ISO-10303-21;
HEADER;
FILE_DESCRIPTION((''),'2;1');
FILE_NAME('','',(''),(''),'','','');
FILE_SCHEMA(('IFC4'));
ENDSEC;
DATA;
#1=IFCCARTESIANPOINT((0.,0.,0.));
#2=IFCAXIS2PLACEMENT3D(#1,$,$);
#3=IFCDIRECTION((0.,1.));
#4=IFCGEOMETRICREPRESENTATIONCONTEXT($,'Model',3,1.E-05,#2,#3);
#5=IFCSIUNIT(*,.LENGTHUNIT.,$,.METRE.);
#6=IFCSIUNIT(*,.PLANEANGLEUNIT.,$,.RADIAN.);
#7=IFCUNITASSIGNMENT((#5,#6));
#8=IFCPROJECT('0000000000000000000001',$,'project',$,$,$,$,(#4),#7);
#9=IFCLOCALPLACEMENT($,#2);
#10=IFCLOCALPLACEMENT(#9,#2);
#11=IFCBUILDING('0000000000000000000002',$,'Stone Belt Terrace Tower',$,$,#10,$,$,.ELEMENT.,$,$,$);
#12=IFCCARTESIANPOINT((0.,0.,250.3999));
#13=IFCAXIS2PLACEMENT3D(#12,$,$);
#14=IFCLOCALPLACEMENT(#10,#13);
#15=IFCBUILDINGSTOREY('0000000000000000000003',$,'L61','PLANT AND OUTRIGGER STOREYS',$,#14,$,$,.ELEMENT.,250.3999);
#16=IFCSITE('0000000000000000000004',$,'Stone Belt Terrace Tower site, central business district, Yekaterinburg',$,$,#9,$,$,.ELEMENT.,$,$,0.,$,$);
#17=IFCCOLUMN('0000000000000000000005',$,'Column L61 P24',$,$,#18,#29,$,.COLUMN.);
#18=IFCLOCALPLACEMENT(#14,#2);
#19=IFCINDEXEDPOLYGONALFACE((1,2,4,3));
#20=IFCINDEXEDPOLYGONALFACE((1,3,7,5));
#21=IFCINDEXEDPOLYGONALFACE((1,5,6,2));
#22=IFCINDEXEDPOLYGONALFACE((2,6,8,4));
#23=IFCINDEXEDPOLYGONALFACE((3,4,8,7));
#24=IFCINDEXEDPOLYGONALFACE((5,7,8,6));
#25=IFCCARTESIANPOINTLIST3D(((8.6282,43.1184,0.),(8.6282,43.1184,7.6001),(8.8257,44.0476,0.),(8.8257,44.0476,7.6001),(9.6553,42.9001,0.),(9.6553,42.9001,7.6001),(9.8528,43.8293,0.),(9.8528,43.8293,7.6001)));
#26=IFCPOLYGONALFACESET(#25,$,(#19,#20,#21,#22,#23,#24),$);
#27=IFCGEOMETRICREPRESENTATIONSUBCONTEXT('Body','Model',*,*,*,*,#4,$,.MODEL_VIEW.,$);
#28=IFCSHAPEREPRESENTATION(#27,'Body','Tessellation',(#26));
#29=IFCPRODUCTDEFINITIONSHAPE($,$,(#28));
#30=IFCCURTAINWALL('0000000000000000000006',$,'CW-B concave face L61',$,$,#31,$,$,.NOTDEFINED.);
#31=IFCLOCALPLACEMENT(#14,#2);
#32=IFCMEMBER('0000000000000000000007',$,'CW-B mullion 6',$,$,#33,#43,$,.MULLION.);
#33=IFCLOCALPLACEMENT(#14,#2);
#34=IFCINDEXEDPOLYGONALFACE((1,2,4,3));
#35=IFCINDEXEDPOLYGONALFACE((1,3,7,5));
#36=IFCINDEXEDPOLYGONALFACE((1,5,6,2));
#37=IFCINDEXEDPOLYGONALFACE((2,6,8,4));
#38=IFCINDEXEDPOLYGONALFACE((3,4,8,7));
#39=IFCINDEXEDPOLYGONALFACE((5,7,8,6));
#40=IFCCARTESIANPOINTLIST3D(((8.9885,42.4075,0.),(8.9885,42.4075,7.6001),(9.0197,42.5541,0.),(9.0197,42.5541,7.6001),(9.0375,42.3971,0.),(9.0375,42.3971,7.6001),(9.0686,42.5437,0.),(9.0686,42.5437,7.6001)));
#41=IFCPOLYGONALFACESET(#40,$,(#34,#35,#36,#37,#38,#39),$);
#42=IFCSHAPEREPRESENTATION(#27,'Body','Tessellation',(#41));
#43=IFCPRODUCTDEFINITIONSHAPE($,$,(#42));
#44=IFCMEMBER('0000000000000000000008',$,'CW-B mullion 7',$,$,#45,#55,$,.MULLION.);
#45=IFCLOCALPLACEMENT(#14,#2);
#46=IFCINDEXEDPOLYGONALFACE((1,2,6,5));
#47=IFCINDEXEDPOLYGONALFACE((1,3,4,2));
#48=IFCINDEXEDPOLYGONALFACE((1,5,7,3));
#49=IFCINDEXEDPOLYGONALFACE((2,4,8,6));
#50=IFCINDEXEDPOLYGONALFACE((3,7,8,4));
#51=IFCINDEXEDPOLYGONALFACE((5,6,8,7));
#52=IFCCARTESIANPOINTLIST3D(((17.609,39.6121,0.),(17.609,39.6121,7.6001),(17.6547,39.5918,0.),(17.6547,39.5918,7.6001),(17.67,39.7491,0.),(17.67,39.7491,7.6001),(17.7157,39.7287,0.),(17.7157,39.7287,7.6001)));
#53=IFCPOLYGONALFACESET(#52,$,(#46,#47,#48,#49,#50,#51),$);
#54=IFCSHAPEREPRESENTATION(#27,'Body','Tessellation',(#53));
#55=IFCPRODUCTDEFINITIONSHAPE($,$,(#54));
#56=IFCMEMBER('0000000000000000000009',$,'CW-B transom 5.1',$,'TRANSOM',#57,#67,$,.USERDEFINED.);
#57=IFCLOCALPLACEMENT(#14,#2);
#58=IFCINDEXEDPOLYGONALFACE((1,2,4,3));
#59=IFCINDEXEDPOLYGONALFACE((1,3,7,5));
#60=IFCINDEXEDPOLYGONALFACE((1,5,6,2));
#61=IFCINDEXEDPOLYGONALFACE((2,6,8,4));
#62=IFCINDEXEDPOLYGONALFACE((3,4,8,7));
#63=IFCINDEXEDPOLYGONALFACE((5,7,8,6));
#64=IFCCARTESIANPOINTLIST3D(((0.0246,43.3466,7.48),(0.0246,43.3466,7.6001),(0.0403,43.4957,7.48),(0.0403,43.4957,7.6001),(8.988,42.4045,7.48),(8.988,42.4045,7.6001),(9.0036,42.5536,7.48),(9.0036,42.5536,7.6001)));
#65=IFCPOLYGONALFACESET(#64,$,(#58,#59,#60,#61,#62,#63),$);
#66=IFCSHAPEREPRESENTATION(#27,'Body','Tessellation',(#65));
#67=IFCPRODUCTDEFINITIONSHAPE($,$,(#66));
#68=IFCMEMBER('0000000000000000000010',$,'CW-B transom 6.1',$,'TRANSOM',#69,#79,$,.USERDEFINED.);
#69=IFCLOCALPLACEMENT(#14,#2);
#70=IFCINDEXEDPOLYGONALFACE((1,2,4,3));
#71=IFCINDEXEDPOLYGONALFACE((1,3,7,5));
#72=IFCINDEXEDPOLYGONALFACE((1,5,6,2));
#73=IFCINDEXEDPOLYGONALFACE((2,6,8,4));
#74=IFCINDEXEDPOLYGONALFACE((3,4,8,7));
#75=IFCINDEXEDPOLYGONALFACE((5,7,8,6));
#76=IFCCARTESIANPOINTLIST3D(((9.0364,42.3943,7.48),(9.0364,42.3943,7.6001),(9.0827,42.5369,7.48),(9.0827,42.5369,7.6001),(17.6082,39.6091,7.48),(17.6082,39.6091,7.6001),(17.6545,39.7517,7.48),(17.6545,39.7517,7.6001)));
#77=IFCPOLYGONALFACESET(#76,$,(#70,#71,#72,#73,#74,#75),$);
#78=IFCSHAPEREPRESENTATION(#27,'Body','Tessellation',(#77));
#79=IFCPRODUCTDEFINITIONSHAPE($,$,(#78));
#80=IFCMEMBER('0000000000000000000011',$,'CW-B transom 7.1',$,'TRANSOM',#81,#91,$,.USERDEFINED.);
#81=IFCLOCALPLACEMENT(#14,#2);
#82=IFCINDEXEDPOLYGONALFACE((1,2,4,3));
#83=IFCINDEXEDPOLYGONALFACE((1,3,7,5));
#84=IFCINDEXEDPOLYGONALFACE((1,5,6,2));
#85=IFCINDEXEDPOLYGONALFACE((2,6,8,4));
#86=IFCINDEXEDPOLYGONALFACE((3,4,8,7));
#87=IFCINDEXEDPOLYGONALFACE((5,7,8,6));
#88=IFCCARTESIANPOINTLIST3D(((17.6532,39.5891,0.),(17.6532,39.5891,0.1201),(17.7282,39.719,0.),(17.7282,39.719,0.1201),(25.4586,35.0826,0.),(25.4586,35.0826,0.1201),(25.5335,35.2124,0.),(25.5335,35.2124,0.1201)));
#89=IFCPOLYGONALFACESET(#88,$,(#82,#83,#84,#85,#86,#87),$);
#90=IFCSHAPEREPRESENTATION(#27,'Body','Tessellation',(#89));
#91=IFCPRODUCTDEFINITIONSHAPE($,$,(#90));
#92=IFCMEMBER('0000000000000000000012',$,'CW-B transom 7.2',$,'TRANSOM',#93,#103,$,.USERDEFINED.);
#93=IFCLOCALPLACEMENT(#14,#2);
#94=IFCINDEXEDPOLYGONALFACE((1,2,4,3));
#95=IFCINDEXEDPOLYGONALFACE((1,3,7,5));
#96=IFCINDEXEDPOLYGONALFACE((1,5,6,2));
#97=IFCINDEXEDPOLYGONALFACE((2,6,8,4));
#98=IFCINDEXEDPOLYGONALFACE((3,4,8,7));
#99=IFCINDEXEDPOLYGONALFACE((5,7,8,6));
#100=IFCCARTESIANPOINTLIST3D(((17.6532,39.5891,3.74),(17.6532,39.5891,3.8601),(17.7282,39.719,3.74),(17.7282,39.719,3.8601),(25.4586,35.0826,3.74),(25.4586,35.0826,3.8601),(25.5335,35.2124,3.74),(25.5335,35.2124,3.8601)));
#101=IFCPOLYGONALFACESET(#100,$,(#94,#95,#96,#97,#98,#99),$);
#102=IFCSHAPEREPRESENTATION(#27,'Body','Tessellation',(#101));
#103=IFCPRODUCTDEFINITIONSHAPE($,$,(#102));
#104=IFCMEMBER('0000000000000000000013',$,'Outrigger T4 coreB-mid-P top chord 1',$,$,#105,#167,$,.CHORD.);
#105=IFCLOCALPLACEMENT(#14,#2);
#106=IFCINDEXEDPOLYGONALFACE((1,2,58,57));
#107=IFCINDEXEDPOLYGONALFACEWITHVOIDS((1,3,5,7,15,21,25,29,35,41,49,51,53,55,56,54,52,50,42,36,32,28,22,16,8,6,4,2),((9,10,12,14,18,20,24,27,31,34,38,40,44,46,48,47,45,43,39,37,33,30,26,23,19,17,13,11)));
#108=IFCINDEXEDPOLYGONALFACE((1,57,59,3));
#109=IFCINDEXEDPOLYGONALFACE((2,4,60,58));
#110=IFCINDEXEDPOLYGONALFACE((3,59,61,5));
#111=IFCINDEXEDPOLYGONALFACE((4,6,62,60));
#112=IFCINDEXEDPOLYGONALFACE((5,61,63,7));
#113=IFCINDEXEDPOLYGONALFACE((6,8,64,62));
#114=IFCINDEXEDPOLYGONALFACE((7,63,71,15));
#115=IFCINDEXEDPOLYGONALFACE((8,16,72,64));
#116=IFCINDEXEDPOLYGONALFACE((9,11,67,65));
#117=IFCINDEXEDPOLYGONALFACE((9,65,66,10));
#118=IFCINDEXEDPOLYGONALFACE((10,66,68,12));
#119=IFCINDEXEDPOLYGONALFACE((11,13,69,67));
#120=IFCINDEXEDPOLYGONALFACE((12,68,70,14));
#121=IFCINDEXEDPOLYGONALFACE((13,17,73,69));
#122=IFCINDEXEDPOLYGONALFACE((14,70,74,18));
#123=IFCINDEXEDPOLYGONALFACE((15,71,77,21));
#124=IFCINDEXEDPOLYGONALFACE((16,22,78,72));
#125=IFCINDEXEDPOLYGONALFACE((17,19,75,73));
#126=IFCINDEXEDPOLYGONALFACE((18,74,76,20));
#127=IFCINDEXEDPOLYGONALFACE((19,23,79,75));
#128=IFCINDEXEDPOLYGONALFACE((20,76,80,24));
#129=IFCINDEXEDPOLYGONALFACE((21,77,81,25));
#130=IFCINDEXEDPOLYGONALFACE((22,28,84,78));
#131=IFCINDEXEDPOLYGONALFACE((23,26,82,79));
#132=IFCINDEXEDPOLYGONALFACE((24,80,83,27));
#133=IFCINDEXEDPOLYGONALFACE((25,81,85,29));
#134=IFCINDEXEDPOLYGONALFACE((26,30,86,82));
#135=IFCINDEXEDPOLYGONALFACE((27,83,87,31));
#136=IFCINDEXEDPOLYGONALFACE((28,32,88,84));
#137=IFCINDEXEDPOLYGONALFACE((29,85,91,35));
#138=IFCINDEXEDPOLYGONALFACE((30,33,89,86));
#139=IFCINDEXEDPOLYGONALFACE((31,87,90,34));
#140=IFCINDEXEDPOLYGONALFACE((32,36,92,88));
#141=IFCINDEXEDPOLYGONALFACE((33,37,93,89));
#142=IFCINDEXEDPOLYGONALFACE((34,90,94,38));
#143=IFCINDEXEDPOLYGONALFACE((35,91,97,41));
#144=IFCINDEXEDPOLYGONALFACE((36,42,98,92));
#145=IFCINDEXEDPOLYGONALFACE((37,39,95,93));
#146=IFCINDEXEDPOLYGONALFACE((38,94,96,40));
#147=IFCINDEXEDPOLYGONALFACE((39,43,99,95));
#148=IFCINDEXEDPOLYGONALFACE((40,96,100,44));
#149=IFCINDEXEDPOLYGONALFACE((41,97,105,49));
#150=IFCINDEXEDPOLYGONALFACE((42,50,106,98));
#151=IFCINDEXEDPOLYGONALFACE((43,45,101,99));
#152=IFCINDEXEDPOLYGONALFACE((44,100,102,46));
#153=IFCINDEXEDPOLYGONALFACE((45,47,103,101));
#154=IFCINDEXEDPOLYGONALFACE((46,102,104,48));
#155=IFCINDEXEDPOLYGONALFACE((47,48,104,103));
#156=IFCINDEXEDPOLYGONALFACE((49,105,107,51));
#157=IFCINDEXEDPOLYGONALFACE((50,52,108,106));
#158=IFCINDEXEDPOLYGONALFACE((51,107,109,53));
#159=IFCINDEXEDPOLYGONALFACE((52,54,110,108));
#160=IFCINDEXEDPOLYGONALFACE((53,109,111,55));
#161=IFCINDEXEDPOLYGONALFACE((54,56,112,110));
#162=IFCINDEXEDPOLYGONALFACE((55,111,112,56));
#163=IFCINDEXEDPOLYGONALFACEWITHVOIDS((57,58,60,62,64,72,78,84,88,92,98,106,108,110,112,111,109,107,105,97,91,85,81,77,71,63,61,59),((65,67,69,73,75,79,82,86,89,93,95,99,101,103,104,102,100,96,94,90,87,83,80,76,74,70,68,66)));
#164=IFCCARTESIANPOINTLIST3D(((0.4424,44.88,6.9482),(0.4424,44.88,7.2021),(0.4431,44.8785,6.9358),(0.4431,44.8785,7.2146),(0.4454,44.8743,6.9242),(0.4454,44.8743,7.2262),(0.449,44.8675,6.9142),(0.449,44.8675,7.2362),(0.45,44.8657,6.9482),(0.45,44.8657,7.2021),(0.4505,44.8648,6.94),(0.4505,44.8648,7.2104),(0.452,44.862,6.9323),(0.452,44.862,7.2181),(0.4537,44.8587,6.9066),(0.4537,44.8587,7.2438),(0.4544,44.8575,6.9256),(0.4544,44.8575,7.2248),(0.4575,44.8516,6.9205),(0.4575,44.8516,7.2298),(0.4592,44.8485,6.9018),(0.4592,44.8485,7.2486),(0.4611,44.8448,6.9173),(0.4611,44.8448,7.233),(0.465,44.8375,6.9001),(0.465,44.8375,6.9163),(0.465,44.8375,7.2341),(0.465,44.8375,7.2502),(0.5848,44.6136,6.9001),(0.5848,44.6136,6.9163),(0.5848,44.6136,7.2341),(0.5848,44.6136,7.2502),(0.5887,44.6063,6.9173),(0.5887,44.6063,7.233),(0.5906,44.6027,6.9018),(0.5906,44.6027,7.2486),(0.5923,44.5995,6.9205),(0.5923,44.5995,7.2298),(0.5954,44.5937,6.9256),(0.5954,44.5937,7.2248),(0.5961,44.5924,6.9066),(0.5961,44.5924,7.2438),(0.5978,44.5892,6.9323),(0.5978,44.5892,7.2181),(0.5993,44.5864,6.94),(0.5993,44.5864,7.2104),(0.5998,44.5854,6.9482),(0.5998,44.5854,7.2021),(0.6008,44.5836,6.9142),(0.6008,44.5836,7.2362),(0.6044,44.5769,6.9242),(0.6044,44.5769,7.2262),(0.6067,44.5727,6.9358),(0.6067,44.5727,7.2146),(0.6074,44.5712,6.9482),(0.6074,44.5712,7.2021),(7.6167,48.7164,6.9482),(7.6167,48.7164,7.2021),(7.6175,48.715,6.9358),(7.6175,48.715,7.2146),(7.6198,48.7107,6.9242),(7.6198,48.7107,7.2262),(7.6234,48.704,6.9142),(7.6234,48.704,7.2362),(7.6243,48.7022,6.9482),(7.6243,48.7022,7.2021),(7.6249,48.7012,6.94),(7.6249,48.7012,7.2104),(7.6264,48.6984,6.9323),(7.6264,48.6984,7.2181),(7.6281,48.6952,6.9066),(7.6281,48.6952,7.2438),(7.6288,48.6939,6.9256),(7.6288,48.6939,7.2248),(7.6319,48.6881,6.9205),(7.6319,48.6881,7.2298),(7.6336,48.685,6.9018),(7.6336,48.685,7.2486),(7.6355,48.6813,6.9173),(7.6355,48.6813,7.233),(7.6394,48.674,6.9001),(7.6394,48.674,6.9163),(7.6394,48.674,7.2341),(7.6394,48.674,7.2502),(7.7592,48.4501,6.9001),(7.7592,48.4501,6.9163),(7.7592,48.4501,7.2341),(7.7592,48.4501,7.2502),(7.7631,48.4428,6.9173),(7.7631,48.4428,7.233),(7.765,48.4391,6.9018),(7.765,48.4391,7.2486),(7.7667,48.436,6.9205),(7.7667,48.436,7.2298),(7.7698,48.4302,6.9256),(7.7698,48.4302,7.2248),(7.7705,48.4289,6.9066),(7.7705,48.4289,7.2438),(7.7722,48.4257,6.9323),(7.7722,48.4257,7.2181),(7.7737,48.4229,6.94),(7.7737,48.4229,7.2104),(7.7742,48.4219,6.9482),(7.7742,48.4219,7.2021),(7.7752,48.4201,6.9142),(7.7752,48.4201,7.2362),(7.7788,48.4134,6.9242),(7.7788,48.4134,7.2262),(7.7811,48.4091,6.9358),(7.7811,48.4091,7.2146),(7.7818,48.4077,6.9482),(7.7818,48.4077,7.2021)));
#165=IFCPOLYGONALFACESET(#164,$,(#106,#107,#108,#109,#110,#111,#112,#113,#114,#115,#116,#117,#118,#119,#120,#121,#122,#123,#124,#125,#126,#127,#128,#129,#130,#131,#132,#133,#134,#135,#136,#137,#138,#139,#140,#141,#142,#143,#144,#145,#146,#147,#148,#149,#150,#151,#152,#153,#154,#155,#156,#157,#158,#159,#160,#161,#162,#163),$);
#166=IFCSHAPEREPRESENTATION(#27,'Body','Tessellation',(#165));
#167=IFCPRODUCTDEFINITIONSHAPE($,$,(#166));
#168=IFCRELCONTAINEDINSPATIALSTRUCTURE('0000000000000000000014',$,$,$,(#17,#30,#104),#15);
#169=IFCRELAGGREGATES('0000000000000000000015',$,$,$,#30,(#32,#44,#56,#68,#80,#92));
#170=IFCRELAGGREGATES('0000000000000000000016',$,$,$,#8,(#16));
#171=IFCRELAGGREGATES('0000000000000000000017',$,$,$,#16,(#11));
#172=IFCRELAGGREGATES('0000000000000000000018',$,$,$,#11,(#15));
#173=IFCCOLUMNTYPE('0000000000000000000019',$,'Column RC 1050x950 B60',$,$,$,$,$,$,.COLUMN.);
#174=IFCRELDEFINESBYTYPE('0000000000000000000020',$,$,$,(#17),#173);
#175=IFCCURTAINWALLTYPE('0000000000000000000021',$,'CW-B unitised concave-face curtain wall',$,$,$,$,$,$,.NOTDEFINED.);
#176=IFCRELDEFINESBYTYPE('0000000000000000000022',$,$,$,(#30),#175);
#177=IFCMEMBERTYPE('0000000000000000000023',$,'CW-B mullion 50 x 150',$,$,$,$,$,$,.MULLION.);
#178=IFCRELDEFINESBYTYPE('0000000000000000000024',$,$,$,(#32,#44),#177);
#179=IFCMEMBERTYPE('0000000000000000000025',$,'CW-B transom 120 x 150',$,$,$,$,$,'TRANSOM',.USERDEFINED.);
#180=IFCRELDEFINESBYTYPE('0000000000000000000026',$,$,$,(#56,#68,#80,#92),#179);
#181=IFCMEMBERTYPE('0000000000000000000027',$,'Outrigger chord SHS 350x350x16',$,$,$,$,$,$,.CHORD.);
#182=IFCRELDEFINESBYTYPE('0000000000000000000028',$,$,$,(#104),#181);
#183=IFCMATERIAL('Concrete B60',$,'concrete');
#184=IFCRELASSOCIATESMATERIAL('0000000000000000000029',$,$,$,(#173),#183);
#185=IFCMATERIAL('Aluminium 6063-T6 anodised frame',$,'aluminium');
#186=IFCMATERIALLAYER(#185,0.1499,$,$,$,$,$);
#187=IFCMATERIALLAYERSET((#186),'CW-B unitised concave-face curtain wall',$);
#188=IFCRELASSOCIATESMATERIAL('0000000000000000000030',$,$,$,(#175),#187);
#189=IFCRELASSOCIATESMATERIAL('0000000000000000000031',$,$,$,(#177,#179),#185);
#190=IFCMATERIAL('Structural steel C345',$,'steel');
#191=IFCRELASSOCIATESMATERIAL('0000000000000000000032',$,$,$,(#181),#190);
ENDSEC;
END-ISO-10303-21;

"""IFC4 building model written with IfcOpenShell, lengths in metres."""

from ifc_helpers import new_model, si_unit, direction, frame, origin, origin_2d, place, context, subcontext, project, spatial, rectangle, hollow_rectangle, extrude, material, layer, layer_set, material_profile, profile_set, type_object, element, aggregate, save


model = new_model("IFC4")

# Units and contexts
model_context = context("Model", 3, precision=1e-05, world=origin(), true_north=direction((0.0, 1.0)))
body_context = subcontext(model_context, "Body", "Model", "MODEL_VIEW")
ifc_project = project(units=[si_unit("LENGTHUNIT", "METRE"), si_unit("PLANEANGLEUNIT", "RADIAN")], contexts=[model_context])

# Site, building, storey
site_placement = place(None, origin())
site = spatial("IfcSite", under=ifc_project, at=site_placement, Name="Stone Belt Terrace Tower site, central business district, Yekaterinburg", CompositionType="ELEMENT", RefElevation=0.0)
building_placement = place(site_placement, origin())
building = spatial("IfcBuilding", under=site, at=building_placement, Name="Stone Belt Terrace Tower", CompositionType="ELEMENT")
storey_placement = place(building_placement, frame((0.0, 0.0, 250.3999)))
storey = spatial("IfcBuildingStorey", under=building, at=storey_placement, Name="L61", Description="PLANT AND OUTRIGGER STOREYS", CompositionType="ELEMENT", Elevation=250.3999)

# Column
ifc_material_1 = material(Name="Concrete B60", Category="concrete")
ifc_material_profile_1 = material_profile(ifc_material_1, rectangle(XDim=1.05, YDim=0.95, at=origin_2d()), Name="RC 1050x950")
ifc_profile_set_1 = profile_set([ifc_material_profile_1], Name="Concrete B60")
column_type = type_object("IfcColumnType", Name="Column RC 1050x950 B60", PredefinedType="COLUMN", material=ifc_profile_set_1)
column_placement = place(storey_placement, frame((9.2405, 43.4739, 0.0), z_axis=(0.0, 0.0, 1.0), x_axis=(0.978148, -0.207912, 0.0)))
element("IfcColumn", 1, at=column_placement, inside=storey, type_object=column_type, Name="Column L61 P24", PredefinedType="COLUMN", context=body_context, shape_type="SweptSolid", body=[
    extrude(rectangle(XDim=1.05, YDim=0.95, at=origin_2d()), origin(), (0.0, 0.0, 1.0), 7.6001),
])

# Curtain wall, members
ifc_material_2 = material(Name="Aluminium 6063-T6 anodised frame", Category="aluminium")
ifc_layer_1 = layer(ifc_material_2, 0.1499)
ifc_layer_set_1 = layer_set([ifc_layer_1], Name="CW-B unitised concave-face curtain wall")
curtain_wall_type = type_object("IfcCurtainWallType", Name="CW-B unitised concave-face curtain wall", PredefinedType="NOTDEFINED", material=ifc_layer_set_1)
curtain_wall_placement = place(storey_placement, origin())
curtain_wall = element("IfcCurtainWall", 2, at=curtain_wall_placement, inside=storey, type_object=curtain_wall_type, Name="CW-B concave face L61", PredefinedType="NOTDEFINED")
ifc_material_profile_2 = material_profile(ifc_material_2, rectangle(XDim=0.1499, YDim=0.05, at=origin_2d()), Name="Aluminium 6063-T6 50x150")
ifc_profile_set_2 = profile_set([ifc_material_profile_2], Name="Aluminium 6063-T6 anodised frame")
member_type_1 = type_object("IfcMemberType", Name="CW-B mullion 50 x 150", PredefinedType="MULLION", material=ifc_profile_set_2)
member_1_placement = place(storey_placement, frame((9.0286, 42.4756, 0.0), z_axis=(0.0, 0.0, 1.0), x_axis=(0.207912, 0.978148, 0.0)))
member_1 = element("IfcMember", 3, at=member_1_placement, type_object=member_type_1, Name="CW-B mullion 6", PredefinedType="MULLION", context=body_context, shape_type="SweptSolid", body=[
    extrude(rectangle(XDim=0.1499, YDim=0.05, at=origin_2d()), origin(), (0.0, 0.0, 1.0), 7.6001),
])
member_2_placement = place(storey_placement, frame((17.6624, 39.6704, 0.0), z_axis=(0.0, 0.0, 1.0), x_axis=(0.406737, 0.913545, 0.0)))
member_2 = element("IfcMember", 4, at=member_2_placement, type_object=member_type_1, Name="CW-B mullion 7", PredefinedType="MULLION", context=body_context, shape_type="SweptSolid", body=[
    extrude(rectangle(XDim=0.1499, YDim=0.05, at=origin_2d()), origin(), (0.0, 0.0, 1.0), 7.6001),
])
ifc_material_profile_3 = material_profile(ifc_material_2, rectangle(XDim=0.1499, YDim=0.1201, at=origin_2d()), Name="Aluminium 6063-T6 150x120")
ifc_profile_set_3 = profile_set([ifc_material_profile_3], Name="Aluminium 6063-T6 anodised frame")
member_type_2 = type_object("IfcMemberType", Name="CW-B transom 120 x 150", ElementType="TRANSOM", PredefinedType="USERDEFINED", material=ifc_profile_set_3)
member_3_placement = place(storey_placement, frame((0.0325, 43.4211, 7.54), z_axis=(0.994521, -0.104534, 0.0), x_axis=(0.104534, 0.994521, 0.0)))
member_3 = element("IfcMember", 5, at=member_3_placement, type_object=member_type_2, Name="CW-B transom 5.1", ObjectType="TRANSOM", PredefinedType="USERDEFINED", context=body_context, shape_type="SweptSolid", body=[
    extrude(rectangle(XDim=0.1499, YDim=0.1201, at=origin_2d()), origin(), (0.0, 0.0, 1.0), 9.0127),
])
member_4_placement = place(storey_placement, frame((9.0596, 42.4656, 7.54), z_axis=(0.951056, -0.309019, 0.0), x_axis=(0.309019, 0.951056, 0.0)))
member_4 = element("IfcMember", 6, at=member_4_placement, type_object=member_type_2, Name="CW-B transom 6.1", ObjectType="TRANSOM", PredefinedType="USERDEFINED", context=body_context, shape_type="SweptSolid", body=[
    extrude(rectangle(XDim=0.1499, YDim=0.1201, at=origin_2d()), origin(), (0.0, 0.0, 1.0), 9.0129),
])
member_5_placement = place(storey_placement, frame((17.6907, 39.6541, 0.0601), z_axis=(0.866019, -0.500011, 0.0), x_axis=(0.500011, 0.866019, 0.0)))
member_5 = element("IfcMember", 7, at=member_5_placement, type_object=member_type_2, Name="CW-B transom 7.1", ObjectType="TRANSOM", PredefinedType="USERDEFINED", context=body_context, shape_type="SweptSolid", body=[
    extrude(rectangle(XDim=0.1499, YDim=0.1201, at=origin_2d()), origin(), (0.0, 0.0, 1.0), 9.0129),
])
member_6_placement = place(storey_placement, frame((17.6907, 39.6541, 3.8), z_axis=(0.866019, -0.500011, 0.0), x_axis=(0.500011, 0.866019, 0.0)))
member_6 = element("IfcMember", 8, at=member_6_placement, type_object=member_type_2, Name="CW-B transom 7.2", ObjectType="TRANSOM", PredefinedType="USERDEFINED", context=body_context, shape_type="SweptSolid", body=[
    extrude(rectangle(XDim=0.1499, YDim=0.1201, at=origin_2d()), origin(), (0.0, 0.0, 1.0), 9.0129),
])

# Member
ifc_material_3 = material(Name="Structural steel C345", Category="steel")
ifc_material_profile_4 = material_profile(ifc_material_3, hollow_rectangle(XDim=0.3501, YDim=0.3501, WallThickness=0.0161, InnerFilletRadius=0.032, OuterFilletRadius=0.0481, at=origin_2d()), Name="SHS 350x350x16")
ifc_profile_set_4 = profile_set([ifc_material_profile_4], Name="Structural steel C345")
member_type_3 = type_object("IfcMemberType", Name="Outrigger chord SHS 350x350x16", PredefinedType="CHORD", material=ifc_profile_set_4)
member_7_placement = place(storey_placement, frame((0.5249, 44.7256, 7.0752), z_axis=(0.881836, 0.471557, 0.0), x_axis=(-0.471557, 0.881836, 0.0)))
element("IfcMember", 9, at=member_7_placement, inside=storey, type_object=member_type_3, Name="Outrigger T4 coreB-mid-P top chord 1", PredefinedType="CHORD", context=body_context, shape_type="SweptSolid", body=[
    extrude(hollow_rectangle(XDim=0.3501, YDim=0.3501, WallThickness=0.0161, InnerFilletRadius=0.032, OuterFilletRadius=0.0481, at=origin_2d()), origin(), (0.0, 0.0, 1.0), 8.1357),
])

aggregate(curtain_wall, [member_1, member_2, member_3, member_4, member_5, member_6])

save(model, "model.ifc")
